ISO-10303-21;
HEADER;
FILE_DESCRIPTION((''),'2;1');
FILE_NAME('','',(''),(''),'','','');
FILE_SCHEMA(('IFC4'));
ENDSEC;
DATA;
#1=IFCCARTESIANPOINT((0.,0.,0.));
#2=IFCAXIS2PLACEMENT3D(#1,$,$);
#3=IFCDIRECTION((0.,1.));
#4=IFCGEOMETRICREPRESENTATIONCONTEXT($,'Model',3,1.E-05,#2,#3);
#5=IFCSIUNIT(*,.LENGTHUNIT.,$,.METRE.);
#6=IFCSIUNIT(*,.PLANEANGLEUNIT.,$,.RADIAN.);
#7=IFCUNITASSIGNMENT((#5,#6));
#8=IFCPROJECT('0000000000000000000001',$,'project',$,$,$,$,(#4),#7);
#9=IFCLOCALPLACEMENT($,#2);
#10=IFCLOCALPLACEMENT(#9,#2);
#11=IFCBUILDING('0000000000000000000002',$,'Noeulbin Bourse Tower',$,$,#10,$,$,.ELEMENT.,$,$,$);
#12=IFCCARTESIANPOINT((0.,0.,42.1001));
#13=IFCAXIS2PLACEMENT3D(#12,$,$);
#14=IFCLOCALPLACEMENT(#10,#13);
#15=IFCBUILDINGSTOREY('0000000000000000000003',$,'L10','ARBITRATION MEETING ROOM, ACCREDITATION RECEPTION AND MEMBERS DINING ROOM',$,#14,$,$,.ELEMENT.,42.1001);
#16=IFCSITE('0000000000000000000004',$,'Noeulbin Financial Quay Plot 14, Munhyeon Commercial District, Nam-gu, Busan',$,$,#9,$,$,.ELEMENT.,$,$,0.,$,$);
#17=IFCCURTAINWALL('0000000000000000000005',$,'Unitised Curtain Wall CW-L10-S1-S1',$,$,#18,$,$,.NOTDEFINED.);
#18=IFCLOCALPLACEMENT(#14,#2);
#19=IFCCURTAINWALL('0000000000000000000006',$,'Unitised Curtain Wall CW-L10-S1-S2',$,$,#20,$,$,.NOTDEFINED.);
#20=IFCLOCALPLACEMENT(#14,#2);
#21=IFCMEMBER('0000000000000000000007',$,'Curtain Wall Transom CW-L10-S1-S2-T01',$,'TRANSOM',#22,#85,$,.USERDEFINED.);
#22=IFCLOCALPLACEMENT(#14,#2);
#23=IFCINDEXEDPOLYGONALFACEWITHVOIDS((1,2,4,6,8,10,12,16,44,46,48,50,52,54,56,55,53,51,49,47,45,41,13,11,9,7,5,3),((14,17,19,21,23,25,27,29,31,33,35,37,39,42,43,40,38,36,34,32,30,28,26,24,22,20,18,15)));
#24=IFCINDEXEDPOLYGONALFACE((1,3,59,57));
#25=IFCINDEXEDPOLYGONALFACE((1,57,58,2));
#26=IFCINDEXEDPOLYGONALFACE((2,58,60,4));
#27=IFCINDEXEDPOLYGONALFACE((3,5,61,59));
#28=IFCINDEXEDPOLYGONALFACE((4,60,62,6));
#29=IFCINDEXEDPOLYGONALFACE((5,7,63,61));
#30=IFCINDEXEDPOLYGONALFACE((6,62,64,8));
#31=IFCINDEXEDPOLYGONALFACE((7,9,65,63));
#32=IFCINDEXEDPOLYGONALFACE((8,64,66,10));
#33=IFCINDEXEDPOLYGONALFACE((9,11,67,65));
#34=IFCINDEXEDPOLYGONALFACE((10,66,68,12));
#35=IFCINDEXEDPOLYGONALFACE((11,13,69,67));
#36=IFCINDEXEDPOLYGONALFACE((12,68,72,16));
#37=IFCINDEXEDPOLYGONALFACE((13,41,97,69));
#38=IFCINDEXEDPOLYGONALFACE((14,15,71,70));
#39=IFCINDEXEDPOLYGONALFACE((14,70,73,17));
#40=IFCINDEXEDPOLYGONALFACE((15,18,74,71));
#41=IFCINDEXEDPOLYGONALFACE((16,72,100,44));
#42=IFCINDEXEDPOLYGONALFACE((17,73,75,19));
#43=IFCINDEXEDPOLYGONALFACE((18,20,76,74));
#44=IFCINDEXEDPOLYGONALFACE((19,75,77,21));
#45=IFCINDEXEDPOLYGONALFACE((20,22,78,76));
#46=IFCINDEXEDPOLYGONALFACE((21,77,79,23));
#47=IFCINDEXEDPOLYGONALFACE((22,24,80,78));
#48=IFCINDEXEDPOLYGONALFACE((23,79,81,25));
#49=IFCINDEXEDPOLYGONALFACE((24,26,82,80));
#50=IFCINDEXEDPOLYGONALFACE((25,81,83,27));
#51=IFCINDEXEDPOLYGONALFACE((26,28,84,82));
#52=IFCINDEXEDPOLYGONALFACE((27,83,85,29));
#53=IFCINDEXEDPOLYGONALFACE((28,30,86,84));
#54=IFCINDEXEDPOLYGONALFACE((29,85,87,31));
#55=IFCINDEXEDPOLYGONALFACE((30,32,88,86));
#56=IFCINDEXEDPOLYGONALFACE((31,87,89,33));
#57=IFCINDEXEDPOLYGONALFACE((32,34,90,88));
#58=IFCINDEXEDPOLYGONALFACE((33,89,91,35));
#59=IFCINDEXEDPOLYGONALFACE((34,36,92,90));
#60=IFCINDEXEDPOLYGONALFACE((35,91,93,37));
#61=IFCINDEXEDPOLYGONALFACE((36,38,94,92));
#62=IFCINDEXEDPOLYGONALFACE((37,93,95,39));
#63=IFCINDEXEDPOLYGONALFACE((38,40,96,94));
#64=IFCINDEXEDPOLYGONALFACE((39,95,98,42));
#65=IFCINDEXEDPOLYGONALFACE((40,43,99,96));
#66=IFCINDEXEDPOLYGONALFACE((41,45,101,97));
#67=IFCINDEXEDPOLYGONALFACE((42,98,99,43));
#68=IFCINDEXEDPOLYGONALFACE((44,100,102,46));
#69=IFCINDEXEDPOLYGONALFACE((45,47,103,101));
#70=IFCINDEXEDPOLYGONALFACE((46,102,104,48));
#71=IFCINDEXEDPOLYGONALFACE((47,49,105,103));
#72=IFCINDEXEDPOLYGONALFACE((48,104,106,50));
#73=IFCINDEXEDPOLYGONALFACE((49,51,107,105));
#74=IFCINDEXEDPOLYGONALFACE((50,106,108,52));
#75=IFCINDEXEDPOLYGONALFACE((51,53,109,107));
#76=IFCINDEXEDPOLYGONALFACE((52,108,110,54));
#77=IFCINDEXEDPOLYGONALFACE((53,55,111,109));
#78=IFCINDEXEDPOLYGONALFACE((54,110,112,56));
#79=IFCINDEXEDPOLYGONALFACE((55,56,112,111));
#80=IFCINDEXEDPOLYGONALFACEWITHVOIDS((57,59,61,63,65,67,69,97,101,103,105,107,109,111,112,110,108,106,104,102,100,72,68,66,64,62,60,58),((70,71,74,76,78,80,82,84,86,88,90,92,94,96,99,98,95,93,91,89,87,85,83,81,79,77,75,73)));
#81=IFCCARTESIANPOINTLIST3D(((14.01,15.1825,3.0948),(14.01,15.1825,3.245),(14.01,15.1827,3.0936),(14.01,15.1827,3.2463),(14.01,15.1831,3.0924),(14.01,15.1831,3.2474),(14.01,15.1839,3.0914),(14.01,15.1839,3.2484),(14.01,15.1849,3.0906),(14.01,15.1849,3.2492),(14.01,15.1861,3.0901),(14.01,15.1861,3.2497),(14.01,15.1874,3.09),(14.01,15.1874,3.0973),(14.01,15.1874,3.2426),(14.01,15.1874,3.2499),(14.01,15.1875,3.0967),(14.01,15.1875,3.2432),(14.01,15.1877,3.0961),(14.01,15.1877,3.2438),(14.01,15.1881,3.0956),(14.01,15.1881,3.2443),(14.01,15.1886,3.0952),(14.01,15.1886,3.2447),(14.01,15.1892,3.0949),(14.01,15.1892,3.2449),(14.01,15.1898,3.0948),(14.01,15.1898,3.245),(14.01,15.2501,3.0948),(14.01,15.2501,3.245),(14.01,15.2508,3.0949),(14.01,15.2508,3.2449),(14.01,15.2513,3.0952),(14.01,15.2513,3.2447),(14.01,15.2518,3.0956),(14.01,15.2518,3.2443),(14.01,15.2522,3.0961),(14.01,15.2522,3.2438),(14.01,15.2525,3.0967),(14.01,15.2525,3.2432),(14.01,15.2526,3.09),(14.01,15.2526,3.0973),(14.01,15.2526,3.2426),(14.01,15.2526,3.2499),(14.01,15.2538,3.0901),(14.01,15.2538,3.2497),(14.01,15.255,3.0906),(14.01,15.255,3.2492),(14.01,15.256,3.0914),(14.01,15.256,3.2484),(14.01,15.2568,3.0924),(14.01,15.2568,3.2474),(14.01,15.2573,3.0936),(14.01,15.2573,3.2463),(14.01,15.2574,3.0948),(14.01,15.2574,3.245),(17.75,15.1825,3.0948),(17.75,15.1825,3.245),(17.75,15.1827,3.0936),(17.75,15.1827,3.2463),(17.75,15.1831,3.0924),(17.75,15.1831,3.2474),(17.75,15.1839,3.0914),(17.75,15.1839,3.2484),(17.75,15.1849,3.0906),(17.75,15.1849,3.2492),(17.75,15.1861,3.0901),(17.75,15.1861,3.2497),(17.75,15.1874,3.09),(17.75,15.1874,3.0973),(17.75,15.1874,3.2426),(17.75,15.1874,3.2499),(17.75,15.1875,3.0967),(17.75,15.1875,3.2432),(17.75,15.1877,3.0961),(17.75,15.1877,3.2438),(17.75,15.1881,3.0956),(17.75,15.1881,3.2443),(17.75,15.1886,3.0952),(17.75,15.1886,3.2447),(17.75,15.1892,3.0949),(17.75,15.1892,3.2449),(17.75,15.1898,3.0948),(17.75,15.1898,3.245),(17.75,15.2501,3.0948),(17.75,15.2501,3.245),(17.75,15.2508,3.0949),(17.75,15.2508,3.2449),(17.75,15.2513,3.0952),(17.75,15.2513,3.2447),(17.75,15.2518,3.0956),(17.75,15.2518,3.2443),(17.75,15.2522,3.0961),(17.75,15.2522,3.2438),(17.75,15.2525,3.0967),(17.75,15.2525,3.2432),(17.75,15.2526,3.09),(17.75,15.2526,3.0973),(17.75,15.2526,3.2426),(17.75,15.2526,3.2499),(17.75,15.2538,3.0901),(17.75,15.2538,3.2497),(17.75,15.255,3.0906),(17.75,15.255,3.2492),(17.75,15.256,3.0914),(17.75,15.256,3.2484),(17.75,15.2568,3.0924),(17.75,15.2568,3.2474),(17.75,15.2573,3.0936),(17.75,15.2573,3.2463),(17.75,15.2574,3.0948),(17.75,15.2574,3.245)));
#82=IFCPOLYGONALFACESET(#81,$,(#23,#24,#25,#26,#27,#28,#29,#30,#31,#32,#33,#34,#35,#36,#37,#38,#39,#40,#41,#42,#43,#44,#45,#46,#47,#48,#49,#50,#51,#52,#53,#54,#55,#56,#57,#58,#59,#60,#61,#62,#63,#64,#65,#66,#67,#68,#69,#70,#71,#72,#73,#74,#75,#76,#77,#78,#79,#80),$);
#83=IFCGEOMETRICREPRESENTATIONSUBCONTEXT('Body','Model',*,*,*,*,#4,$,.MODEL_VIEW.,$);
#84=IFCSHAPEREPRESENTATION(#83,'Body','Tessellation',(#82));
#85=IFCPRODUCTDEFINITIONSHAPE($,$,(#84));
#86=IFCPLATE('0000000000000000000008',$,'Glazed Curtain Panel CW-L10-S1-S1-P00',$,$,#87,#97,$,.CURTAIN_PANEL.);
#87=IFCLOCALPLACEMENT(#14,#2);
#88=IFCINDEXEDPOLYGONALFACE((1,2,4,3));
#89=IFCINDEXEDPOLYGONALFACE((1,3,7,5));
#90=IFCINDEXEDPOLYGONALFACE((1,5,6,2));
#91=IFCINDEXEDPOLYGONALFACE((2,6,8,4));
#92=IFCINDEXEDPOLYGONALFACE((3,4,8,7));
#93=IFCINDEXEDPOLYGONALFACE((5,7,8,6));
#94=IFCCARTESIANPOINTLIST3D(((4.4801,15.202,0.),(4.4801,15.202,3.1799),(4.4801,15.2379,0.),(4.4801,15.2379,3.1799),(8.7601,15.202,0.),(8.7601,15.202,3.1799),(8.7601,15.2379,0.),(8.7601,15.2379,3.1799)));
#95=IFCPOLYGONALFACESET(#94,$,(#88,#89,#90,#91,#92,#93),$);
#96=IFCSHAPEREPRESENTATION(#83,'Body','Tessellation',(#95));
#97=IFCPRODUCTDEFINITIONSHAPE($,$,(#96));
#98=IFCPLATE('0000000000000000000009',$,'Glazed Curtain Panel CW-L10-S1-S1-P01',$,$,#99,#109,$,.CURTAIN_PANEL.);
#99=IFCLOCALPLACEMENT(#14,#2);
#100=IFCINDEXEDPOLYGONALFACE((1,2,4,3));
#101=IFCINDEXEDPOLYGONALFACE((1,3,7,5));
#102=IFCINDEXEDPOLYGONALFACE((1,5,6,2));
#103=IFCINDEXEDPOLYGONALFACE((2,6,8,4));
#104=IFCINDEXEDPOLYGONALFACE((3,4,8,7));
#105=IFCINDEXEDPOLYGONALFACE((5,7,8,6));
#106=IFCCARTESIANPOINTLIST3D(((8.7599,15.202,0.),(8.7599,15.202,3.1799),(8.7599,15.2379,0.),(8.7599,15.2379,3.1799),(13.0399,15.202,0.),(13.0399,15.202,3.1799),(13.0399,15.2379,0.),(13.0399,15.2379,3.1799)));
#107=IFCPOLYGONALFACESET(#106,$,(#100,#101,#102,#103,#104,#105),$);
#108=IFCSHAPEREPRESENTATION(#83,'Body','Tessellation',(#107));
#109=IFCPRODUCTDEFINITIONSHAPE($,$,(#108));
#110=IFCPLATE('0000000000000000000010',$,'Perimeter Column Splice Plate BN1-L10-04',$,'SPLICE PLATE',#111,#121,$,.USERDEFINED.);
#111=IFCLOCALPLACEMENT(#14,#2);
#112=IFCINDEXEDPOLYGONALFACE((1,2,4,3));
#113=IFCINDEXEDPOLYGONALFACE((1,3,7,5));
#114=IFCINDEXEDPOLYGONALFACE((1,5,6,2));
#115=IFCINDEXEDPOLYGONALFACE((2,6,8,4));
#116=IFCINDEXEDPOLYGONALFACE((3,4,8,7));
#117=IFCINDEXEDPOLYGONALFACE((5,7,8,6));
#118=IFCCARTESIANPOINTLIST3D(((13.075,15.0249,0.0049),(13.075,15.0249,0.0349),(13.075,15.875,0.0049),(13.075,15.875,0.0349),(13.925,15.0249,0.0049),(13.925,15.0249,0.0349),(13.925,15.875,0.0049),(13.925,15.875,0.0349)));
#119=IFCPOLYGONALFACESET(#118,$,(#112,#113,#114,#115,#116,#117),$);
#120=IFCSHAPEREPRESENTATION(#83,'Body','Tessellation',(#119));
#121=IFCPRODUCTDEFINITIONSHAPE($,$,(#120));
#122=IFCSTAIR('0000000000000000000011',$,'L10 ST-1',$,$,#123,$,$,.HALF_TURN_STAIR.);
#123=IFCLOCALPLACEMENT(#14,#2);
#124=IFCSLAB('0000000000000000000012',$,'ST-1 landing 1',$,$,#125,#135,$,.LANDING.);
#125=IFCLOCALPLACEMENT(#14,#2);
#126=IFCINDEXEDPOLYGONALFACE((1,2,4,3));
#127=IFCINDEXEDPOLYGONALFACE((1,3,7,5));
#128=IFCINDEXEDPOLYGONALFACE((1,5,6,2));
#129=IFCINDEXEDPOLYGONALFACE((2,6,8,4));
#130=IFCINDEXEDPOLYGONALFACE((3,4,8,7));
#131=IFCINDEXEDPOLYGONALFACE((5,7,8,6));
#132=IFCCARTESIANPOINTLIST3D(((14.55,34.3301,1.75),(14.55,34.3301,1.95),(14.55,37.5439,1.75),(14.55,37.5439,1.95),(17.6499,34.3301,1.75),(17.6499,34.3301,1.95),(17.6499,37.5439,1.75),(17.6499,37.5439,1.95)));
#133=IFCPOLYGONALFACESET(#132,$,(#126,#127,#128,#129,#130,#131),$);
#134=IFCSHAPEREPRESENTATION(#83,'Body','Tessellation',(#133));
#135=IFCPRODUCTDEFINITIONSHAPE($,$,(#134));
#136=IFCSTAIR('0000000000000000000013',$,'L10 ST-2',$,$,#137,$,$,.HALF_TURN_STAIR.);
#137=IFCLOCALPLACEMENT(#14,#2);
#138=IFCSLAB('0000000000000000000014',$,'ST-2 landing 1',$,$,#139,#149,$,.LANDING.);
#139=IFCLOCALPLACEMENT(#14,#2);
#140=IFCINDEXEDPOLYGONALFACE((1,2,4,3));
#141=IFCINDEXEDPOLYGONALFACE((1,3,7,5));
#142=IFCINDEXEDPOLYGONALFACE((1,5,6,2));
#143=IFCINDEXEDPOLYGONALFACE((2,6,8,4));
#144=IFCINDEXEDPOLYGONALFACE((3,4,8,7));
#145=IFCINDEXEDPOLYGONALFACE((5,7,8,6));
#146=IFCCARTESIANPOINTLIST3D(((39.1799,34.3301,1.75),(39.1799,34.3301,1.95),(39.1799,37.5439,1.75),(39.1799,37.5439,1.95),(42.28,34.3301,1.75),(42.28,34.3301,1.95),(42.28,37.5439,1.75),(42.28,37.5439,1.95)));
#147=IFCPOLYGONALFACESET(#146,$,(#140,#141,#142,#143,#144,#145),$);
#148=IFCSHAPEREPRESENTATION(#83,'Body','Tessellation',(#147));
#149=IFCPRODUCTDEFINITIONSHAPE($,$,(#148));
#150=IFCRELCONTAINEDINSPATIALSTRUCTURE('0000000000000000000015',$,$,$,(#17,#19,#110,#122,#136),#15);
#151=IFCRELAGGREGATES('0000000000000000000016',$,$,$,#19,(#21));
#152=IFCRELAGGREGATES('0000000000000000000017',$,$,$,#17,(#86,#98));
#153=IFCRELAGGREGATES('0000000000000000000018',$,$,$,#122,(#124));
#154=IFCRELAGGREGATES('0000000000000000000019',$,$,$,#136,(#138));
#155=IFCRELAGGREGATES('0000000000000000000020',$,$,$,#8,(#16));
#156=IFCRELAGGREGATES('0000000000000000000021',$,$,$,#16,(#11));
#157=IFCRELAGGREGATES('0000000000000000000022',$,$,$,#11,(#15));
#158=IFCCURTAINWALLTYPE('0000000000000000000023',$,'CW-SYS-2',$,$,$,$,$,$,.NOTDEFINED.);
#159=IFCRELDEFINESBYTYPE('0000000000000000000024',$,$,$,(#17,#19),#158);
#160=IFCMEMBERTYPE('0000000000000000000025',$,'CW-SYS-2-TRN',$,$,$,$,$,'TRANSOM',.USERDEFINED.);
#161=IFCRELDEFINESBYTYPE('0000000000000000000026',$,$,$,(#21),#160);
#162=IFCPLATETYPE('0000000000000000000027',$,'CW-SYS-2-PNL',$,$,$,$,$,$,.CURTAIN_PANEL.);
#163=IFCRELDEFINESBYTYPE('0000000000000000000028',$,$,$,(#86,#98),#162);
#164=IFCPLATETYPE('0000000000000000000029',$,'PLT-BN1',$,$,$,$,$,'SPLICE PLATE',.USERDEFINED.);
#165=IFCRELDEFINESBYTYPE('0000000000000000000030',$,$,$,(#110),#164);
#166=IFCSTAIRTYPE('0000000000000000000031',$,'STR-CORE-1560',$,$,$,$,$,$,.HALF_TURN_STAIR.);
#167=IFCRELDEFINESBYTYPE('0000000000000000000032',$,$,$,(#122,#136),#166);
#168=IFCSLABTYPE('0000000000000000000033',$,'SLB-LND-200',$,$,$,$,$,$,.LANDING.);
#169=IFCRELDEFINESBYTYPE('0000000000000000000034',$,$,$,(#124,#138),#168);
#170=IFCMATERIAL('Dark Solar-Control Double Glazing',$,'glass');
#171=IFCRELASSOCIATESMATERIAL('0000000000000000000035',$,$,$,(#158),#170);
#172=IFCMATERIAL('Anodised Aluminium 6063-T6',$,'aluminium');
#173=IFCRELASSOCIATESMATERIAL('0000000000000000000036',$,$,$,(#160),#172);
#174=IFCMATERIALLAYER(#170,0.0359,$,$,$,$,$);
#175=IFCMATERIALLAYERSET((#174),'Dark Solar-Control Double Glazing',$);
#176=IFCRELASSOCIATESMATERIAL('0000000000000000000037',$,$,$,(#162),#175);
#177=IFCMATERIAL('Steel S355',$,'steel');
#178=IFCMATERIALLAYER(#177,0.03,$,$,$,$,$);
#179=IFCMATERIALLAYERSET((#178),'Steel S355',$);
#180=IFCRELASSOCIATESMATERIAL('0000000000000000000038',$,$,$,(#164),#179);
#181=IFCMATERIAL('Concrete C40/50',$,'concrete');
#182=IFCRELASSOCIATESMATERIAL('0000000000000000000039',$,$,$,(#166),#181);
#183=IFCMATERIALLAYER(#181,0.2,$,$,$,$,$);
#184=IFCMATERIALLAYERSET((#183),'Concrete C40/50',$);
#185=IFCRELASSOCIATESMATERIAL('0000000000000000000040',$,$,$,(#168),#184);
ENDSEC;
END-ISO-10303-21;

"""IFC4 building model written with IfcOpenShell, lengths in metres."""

from ifc_helpers import new_model, si_unit, direction, frame, origin, origin_2d, place, context, subcontext, project, spatial, polyline, rectangle, hollow_rectangle, outline, extrude, material, layer, layer_set, material_profile, profile_set, type_object, element, aggregate, save


model = new_model("IFC4")

# Units and contexts
model_context = context("Model", 3, precision=1e-05, world=origin(), true_north=direction((0.0, 1.0)))
body_context = subcontext(model_context, "Body", "Model", "MODEL_VIEW")
ifc_project = project(units=[si_unit("LENGTHUNIT", "METRE"), si_unit("PLANEANGLEUNIT", "RADIAN")], contexts=[model_context])

# Site, building, storey
site_placement = place(None, origin())
site = spatial("IfcSite", under=ifc_project, at=site_placement, Name="Noeulbin Financial Quay Plot 14, Munhyeon Commercial District, Nam-gu, Busan", CompositionType="ELEMENT", RefElevation=0.0)
building_placement = place(site_placement, origin())
building = spatial("IfcBuilding", under=site, at=building_placement, Name="Noeulbin Bourse Tower", CompositionType="ELEMENT")
storey_placement = place(building_placement, frame((0.0, 0.0, 42.1001)))
storey = spatial("IfcBuildingStorey", under=building, at=storey_placement, Name="L10", Description="ARBITRATION MEETING ROOM, ACCREDITATION RECEPTION AND MEMBERS DINING ROOM", CompositionType="ELEMENT", Elevation=42.1001)

# Shared definitions
ifc_material_1 = material(Name="Steel S355", Category="steel")

# Curtain wall
ifc_material_2 = material(Name="Dark Solar-Control Double Glazing", Category="glass")
curtain_wall_type = type_object("IfcCurtainWallType", Name="CW-SYS-2", PredefinedType="NOTDEFINED", material=ifc_material_2)
curtain_wall_1_placement = place(storey_placement, origin())
curtain_wall_1 = element("IfcCurtainWall", 1, at=curtain_wall_1_placement, inside=storey, type_object=curtain_wall_type, Name="Unitised Curtain Wall CW-L10-S1-S1", PredefinedType="NOTDEFINED")
ifc_material_3 = material(Name="Anodised Aluminium 6063-T6", Category="aluminium")

# Curtain wall
curtain_wall_2_placement = place(storey_placement, origin())
curtain_wall_2 = element("IfcCurtainWall", 2, at=curtain_wall_2_placement, inside=storey, type_object=curtain_wall_type, Name="Unitised Curtain Wall CW-L10-S1-S2", PredefinedType="NOTDEFINED")

# Member
ifc_material_profile_1 = material_profile(ifc_material_3, hollow_rectangle(XDim=0.075, YDim=0.1599, WallThickness=0.0049, InnerFilletRadius=0.0024, OuterFilletRadius=0.0049, at=origin_2d()), Name="ALU-TRAN-75x160x5", Category="LoadBearing")
ifc_profile_set_1 = profile_set([ifc_material_profile_1], Name="Anodised Aluminium 6063-T6")
member_type_1 = type_object("IfcMemberType", Name="CW-SYS-2-TRN", ElementType="TRANSOM", PredefinedType="USERDEFINED", material=ifc_profile_set_1)
member_1_placement = place(storey_placement, frame((14.01, 15.22, 3.1699), z_axis=(1.0, 0.0, 0.0), x_axis=(0.0, 1.0, 0.0)))
member_1 = element("IfcMember", 3, at=member_1_placement, type_object=member_type_1, Name="Curtain Wall Transom CW-L10-S1-S2-T01", ObjectType="TRANSOM", PredefinedType="USERDEFINED", context=body_context, shape_type="SweptSolid", body=[
    extrude(hollow_rectangle(XDim=0.075, YDim=0.1599, WallThickness=0.0049, InnerFilletRadius=0.0024, OuterFilletRadius=0.0049, at=origin_2d()), origin(), (0.0, 0.0, 1.0), 3.74),
])
aggregate(curtain_wall_2, [member_1])

# Plates
ifc_layer_1 = layer(ifc_material_2, 0.0359)
ifc_layer_set_1 = layer_set([ifc_layer_1], Name="Dark Solar-Control Double Glazing")
plate_type_1 = type_object("IfcPlateType", Name="CW-SYS-2-PNL", PredefinedType="CURTAIN_PANEL", material=ifc_layer_set_1)
plate_1_placement = place(storey_placement, frame((6.6201, 15.22, 0.0), z_axis=(0.0, 0.0, 1.0), x_axis=(1.0, 0.0, 0.0)))
plate_1 = element("IfcPlate", 4, at=plate_1_placement, type_object=plate_type_1, Name="Glazed Curtain Panel CW-L10-S1-S1-P00", PredefinedType="CURTAIN_PANEL", context=body_context, shape_type="SweptSolid", body=[
    extrude(rectangle(XDim=4.28, YDim=0.0359, at=origin_2d()), origin(), (0.0, 0.0, 1.0), 3.1799),
])
plate_2_placement = place(storey_placement, frame((10.8999, 15.22, 0.0), z_axis=(0.0, 0.0, 1.0), x_axis=(1.0, 0.0, 0.0)))
plate_2 = element("IfcPlate", 5, at=plate_2_placement, type_object=plate_type_1, Name="Glazed Curtain Panel CW-L10-S1-S1-P01", PredefinedType="CURTAIN_PANEL", context=body_context, shape_type="SweptSolid", body=[
    extrude(rectangle(XDim=4.28, YDim=0.0359, at=origin_2d()), origin(), (0.0, 0.0, 1.0), 3.1799),
])
aggregate(curtain_wall_1, [plate_1, plate_2])
ifc_layer_2 = layer(ifc_material_1, 0.03)
ifc_layer_set_2 = layer_set([ifc_layer_2], Name="Steel S355")
plate_type_2 = type_object("IfcPlateType", Name="PLT-BN1", ElementType="SPLICE PLATE", PredefinedType="USERDEFINED", material=ifc_layer_set_2)
plate_3_placement = place(storey_placement, frame((13.5, 15.45, 0.0049), z_axis=(0.0, 0.0, 1.0), x_axis=(1.0, 0.0, 0.0)))
element("IfcPlate", 6, at=plate_3_placement, inside=storey, type_object=plate_type_2, Name="Perimeter Column Splice Plate BN1-L10-04", ObjectType="SPLICE PLATE", PredefinedType="USERDEFINED", context=body_context, shape_type="SweptSolid", body=[
    extrude(rectangle(XDim=0.8501, YDim=0.8501, at=origin_2d()), origin(), (0.0, 0.0, 1.0), 0.03),
])

# Stairs, slabs
ifc_material_4 = material(Name="Concrete C40/50", Category="concrete")
stair_type = type_object("IfcStairType", Name="STR-CORE-1560", PredefinedType="HALF_TURN_STAIR", material=ifc_material_4)
stair_1_placement = place(storey_placement, origin())
stair_1 = element("IfcStair", 7, at=stair_1_placement, inside=storey, type_object=stair_type, Name="L10 ST-1", PredefinedType="HALF_TURN_STAIR")
ifc_layer_3 = layer(ifc_material_4, 0.2)
ifc_layer_set_3 = layer_set([ifc_layer_3], Name="Concrete C40/50")
slab_type_1 = type_object("IfcSlabType", Name="SLB-LND-200", PredefinedType="LANDING", material=ifc_layer_set_3)
slab_1_placement = place(storey_placement, frame((0.0, 0.0, 1.75)))
slab_1 = element("IfcSlab", 8, at=slab_1_placement, type_object=slab_type_1, Name="ST-1 landing 1", PredefinedType="LANDING", context=body_context, shape_type="SweptSolid", body=[
    extrude(outline(polyline([(17.6499, 34.3301), (17.6499, 37.5439), (14.55, 37.5439), (14.55, 34.3301), (17.6499, 34.3301)])), origin(), (0.0, 0.0, 1.0), 0.2),
])
aggregate(stair_1, [slab_1])
stair_2_placement = place(storey_placement, origin())
stair_2 = element("IfcStair", 9, at=stair_2_placement, inside=storey, type_object=stair_type, Name="L10 ST-2", PredefinedType="HALF_TURN_STAIR")
slab_2_placement = place(storey_placement, frame((0.0, 0.0, 1.75)))
slab_2 = element("IfcSlab", 10, at=slab_2_placement, type_object=slab_type_1, Name="ST-2 landing 1", PredefinedType="LANDING", context=body_context, shape_type="SweptSolid", body=[
    extrude(outline(polyline([(42.28, 34.3301), (42.28, 37.5439), (39.1799, 37.5439), (39.1799, 34.3301), (42.28, 34.3301)])), origin(), (0.0, 0.0, 1.0), 0.2),
])
aggregate(stair_2, [slab_2])

save(model, "model.ifc")
